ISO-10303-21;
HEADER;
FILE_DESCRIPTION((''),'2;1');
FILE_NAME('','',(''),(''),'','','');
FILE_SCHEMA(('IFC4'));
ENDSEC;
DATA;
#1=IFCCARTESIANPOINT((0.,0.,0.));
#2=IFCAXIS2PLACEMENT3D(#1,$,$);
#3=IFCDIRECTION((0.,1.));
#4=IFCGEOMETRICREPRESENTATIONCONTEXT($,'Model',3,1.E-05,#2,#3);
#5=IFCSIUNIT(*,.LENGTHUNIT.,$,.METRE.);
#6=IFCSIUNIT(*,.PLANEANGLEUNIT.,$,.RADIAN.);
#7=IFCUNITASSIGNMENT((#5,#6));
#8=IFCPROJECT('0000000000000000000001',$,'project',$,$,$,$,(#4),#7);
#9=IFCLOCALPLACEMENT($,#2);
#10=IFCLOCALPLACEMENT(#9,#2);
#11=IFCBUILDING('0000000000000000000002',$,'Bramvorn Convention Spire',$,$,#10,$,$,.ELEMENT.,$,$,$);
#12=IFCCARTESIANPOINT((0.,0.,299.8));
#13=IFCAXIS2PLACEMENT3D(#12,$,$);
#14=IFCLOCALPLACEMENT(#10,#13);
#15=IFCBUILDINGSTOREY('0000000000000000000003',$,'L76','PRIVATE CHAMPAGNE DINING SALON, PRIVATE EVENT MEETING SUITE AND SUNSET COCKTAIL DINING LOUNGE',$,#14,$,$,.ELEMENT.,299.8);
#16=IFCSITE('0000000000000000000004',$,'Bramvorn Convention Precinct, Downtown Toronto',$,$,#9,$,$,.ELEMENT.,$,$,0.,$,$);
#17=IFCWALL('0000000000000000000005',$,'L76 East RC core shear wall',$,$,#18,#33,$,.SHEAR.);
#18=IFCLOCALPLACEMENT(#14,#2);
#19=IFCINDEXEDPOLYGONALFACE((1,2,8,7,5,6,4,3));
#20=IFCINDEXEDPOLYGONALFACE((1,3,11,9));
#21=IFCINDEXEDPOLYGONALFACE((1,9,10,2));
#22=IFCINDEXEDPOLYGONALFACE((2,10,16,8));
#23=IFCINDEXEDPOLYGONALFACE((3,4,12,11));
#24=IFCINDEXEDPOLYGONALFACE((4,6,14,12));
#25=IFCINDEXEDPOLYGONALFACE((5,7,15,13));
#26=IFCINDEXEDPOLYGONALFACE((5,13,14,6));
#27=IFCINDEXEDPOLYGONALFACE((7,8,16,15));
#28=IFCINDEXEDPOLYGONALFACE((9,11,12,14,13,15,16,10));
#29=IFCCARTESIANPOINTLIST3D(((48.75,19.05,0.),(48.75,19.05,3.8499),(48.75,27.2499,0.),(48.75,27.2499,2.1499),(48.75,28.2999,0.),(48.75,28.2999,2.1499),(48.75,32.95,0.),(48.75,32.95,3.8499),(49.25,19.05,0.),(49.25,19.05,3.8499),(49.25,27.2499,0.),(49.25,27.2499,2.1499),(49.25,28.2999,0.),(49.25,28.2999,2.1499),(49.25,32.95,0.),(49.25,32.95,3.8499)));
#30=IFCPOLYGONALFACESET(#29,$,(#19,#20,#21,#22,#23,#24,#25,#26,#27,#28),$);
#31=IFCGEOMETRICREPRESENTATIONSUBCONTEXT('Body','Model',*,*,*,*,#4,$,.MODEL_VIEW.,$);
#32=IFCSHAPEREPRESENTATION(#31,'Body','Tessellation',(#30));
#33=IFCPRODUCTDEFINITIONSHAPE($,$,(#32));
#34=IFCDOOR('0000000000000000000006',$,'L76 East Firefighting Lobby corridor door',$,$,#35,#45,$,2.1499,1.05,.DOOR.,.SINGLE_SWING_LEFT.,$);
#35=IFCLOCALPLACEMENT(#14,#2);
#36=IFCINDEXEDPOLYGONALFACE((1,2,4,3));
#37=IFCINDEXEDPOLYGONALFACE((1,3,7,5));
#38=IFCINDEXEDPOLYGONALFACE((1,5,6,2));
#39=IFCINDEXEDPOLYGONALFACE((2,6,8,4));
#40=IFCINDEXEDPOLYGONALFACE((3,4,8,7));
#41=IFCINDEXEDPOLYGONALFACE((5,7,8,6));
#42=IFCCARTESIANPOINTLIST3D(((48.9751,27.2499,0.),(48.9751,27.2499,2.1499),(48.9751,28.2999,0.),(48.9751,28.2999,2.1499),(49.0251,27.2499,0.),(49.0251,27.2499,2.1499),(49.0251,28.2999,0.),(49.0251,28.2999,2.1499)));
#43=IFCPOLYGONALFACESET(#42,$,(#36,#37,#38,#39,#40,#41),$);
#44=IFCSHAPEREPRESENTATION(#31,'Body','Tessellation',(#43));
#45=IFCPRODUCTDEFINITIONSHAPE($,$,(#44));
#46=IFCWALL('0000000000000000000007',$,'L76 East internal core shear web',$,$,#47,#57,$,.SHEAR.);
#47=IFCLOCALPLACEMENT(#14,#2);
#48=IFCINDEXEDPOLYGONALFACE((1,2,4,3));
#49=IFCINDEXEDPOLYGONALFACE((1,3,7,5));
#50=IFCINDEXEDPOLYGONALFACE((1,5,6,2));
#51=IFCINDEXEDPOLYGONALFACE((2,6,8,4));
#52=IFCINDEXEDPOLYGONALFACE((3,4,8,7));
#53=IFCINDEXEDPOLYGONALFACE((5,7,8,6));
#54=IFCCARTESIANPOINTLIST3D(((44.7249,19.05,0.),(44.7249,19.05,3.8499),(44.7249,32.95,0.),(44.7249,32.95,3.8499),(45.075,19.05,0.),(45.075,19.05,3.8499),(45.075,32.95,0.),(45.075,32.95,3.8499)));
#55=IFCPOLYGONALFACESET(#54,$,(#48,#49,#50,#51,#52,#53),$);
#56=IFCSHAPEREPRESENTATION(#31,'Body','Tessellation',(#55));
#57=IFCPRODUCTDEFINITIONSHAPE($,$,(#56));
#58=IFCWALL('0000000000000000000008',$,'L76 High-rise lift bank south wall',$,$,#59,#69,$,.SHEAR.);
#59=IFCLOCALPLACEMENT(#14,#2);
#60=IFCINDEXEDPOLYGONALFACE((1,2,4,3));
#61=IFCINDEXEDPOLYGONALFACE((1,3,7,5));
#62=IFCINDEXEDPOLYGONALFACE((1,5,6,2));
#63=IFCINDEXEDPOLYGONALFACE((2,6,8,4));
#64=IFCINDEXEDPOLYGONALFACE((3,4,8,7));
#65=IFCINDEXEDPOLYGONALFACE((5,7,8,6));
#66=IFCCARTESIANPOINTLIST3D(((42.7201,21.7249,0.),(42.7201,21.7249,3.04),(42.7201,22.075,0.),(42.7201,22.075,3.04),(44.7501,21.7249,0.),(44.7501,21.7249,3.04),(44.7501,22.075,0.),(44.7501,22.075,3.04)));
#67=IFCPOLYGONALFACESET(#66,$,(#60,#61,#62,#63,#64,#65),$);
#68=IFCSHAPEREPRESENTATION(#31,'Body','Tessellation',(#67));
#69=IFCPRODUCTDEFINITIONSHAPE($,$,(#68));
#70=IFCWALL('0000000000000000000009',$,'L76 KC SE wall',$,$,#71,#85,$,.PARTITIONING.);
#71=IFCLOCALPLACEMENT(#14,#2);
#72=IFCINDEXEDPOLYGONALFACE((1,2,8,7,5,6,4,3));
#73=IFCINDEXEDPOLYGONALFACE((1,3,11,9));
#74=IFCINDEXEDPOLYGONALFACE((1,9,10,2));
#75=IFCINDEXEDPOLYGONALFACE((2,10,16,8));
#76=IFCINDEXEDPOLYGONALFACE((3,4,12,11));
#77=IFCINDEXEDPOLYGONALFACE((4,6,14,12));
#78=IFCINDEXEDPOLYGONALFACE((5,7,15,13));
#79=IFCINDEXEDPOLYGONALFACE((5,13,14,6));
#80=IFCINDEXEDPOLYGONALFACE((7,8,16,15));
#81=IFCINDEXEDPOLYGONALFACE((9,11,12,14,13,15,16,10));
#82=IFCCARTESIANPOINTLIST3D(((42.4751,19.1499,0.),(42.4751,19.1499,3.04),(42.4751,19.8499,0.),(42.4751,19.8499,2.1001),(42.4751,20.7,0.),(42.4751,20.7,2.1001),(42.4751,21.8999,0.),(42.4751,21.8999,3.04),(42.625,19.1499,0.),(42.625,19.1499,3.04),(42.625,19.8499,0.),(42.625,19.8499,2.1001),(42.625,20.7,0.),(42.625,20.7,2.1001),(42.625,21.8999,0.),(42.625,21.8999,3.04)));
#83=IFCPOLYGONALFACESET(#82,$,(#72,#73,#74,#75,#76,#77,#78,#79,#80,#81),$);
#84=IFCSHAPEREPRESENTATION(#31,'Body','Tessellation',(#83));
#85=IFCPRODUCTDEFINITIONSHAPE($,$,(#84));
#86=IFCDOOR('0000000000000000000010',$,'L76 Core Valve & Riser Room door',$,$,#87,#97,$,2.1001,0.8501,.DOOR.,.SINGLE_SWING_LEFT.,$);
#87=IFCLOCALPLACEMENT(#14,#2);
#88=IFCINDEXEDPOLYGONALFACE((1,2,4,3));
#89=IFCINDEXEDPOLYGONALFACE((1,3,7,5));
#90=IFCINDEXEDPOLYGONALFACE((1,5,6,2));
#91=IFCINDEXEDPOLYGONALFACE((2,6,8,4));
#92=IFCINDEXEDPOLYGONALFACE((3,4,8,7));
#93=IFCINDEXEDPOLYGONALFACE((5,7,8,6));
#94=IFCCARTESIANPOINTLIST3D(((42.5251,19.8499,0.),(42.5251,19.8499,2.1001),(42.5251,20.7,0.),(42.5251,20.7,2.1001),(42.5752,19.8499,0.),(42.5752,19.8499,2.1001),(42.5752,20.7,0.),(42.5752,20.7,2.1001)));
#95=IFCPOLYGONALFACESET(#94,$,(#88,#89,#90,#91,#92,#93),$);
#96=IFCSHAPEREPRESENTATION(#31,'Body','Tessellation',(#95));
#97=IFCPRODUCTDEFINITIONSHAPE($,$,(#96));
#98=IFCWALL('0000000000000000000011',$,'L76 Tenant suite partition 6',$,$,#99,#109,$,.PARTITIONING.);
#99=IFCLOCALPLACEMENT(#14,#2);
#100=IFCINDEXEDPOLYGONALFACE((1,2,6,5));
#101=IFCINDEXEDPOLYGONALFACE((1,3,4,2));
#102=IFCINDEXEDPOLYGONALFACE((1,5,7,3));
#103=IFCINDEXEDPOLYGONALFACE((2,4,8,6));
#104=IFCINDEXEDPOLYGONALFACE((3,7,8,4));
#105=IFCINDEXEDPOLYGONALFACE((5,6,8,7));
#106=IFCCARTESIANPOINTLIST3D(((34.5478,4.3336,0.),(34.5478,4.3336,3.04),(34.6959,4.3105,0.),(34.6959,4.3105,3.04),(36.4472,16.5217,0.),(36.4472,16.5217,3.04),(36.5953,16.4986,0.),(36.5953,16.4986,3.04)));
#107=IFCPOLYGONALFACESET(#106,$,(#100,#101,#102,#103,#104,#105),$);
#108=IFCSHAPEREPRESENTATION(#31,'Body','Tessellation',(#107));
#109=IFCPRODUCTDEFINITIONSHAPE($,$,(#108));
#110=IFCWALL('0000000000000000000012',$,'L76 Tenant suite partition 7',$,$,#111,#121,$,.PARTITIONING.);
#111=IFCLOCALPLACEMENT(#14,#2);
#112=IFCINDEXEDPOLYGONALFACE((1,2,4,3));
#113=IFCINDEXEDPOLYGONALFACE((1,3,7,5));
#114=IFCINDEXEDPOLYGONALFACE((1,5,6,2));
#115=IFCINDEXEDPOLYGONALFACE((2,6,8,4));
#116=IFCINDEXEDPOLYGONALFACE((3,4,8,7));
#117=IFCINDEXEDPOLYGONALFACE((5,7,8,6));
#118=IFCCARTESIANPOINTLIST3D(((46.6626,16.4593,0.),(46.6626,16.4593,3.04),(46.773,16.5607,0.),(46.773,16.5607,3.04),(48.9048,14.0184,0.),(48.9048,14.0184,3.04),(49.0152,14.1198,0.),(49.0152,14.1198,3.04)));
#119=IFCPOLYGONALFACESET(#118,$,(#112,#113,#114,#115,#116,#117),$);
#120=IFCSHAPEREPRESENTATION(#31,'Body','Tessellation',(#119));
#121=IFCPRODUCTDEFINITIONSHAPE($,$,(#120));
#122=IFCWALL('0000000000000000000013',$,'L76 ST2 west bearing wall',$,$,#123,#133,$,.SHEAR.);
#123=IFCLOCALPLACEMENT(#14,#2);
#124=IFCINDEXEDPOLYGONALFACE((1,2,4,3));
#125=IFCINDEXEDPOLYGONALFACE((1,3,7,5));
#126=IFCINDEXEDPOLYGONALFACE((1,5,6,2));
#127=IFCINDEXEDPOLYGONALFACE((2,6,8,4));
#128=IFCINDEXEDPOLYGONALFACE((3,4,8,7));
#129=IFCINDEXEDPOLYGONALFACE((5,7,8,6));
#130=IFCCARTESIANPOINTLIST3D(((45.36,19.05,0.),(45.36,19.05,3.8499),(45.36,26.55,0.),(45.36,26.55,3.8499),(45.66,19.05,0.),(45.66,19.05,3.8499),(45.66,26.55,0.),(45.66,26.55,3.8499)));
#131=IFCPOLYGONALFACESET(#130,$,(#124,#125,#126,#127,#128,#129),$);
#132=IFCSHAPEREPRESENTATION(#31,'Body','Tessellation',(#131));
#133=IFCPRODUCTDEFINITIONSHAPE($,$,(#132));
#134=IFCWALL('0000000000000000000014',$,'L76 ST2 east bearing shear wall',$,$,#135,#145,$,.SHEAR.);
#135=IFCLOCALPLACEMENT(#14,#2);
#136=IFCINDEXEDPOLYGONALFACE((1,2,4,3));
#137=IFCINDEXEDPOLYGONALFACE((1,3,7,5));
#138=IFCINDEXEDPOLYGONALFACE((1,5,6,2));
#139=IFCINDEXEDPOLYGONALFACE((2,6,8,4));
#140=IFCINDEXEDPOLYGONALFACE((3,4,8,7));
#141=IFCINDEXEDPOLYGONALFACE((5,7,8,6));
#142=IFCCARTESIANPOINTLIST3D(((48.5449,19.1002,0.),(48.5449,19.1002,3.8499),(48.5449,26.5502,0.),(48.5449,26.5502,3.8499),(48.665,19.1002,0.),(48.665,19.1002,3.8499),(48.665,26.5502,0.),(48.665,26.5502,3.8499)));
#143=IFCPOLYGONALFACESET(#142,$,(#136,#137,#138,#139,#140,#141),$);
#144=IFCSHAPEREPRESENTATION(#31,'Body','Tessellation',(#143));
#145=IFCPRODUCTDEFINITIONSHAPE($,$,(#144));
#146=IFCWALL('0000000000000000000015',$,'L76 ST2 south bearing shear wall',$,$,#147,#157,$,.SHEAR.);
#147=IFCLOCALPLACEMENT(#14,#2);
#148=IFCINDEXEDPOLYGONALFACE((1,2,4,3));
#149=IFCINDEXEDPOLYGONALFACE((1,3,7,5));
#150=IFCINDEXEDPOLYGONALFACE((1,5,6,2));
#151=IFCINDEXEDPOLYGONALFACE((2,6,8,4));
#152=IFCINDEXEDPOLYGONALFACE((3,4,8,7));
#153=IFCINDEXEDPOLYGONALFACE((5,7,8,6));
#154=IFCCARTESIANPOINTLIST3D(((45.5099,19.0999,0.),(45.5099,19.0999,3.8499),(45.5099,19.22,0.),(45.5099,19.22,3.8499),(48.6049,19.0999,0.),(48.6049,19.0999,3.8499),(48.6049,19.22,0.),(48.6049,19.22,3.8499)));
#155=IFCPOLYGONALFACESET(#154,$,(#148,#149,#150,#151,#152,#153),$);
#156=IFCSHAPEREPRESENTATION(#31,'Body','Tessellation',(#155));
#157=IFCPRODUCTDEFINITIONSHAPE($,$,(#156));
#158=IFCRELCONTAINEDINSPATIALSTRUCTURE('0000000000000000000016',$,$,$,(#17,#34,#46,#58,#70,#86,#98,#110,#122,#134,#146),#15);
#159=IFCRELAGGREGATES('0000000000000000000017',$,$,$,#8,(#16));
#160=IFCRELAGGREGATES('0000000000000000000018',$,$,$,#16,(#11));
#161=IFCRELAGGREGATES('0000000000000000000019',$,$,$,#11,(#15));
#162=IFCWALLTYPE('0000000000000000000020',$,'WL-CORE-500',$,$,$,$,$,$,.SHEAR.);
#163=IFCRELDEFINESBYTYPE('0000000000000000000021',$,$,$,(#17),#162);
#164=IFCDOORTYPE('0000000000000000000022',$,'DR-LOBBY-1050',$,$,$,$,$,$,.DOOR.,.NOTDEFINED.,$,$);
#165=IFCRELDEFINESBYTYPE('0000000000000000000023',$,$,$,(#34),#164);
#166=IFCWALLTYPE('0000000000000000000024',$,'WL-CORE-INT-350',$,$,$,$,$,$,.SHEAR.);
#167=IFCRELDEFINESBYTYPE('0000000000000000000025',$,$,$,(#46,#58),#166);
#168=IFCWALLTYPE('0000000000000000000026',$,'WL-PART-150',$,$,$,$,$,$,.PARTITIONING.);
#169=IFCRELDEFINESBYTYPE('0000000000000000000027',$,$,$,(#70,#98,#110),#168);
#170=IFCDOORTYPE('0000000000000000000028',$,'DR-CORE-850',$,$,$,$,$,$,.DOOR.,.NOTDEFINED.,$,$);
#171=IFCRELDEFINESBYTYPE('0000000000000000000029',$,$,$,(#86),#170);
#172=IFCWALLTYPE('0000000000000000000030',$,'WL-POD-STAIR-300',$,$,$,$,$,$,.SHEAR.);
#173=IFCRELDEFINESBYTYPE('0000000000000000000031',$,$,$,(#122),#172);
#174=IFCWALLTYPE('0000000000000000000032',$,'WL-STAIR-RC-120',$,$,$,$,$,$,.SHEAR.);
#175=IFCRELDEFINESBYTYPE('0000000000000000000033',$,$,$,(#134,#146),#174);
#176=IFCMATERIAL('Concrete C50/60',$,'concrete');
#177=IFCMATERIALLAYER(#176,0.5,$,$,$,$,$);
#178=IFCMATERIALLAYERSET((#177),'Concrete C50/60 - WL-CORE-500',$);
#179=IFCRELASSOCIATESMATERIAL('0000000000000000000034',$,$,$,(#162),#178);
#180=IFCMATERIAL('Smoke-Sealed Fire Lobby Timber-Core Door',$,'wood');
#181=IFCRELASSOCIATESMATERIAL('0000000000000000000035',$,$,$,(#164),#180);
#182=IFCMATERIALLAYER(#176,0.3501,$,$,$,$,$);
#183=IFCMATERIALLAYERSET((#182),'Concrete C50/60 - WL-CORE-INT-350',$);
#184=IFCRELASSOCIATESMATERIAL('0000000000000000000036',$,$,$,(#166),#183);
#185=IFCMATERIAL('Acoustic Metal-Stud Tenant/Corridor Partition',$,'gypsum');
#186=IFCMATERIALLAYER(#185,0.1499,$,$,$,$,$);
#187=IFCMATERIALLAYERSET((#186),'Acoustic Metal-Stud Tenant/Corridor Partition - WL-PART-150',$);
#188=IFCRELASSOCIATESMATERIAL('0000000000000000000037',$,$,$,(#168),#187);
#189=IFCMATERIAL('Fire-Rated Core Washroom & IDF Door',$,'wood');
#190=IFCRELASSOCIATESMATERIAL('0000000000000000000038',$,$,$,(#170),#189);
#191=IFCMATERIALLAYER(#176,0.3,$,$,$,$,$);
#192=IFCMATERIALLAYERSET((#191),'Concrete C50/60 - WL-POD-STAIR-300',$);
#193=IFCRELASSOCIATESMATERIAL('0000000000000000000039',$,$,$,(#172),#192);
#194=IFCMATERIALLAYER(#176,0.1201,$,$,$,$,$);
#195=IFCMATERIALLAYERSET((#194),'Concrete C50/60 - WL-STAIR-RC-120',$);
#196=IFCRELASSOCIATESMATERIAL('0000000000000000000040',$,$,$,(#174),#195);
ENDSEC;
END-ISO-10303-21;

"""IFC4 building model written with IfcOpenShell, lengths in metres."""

from ifc_helpers import new_model, si_unit, direction, frame, frame_2d, origin, place, context, subcontext, project, spatial, rectangle, extrude, material, layer, layer_set, type_object, element, fill, save


model = new_model("IFC4")

# Units and contexts
model_context = context("Model", 3, precision=1e-05, world=origin(), true_north=direction((0.0, 1.0)))
body_context = subcontext(model_context, "Body", "Model", "MODEL_VIEW")
ifc_project = project(units=[si_unit("LENGTHUNIT", "METRE"), si_unit("PLANEANGLEUNIT", "RADIAN")], contexts=[model_context])

# Site, building, storey
site_placement = place(None, origin())
site = spatial("IfcSite", under=ifc_project, at=site_placement, Name="Bramvorn Convention Precinct, Downtown Toronto", CompositionType="ELEMENT", RefElevation=0.0)
building_placement = place(site_placement, origin())
building = spatial("IfcBuilding", under=site, at=building_placement, Name="Bramvorn Convention Spire", CompositionType="ELEMENT")
storey_placement = place(building_placement, frame((0.0, 0.0, 299.8)))
storey = spatial("IfcBuildingStorey", under=building, at=storey_placement, Name="L76", Description="PRIVATE CHAMPAGNE DINING SALON, PRIVATE EVENT MEETING SUITE AND SUNSET COCKTAIL DINING LOUNGE", CompositionType="ELEMENT", Elevation=299.8)

# Wall, opening, door
ifc_material_1 = material(Name="Concrete C50/60", Category="concrete")
ifc_layer_1 = layer(ifc_material_1, 0.5)
ifc_layer_set_1 = layer_set([ifc_layer_1], Name="Concrete C50/60 - WL-CORE-500")
wall_type_1 = type_object("IfcWallType", Name="WL-CORE-500", PredefinedType="SHEAR", material=ifc_layer_set_1)
wall_1_placement = place(storey_placement, frame((49.0, 19.05, 0.0), z_axis=(0.0, 0.0, 1.0), x_axis=(0.0, 1.0, 0.0)))
wall_1 = element("IfcWall", 1, at=wall_1_placement, inside=storey, type_object=wall_type_1, Name="L76 East RC core shear wall", PredefinedType="SHEAR", context=body_context, shape_type="SweptSolid", body=[
    extrude(rectangle(XDim=13.8999, YDim=0.5, at=frame_2d((6.95, 0.0))), origin(), (0.0, 0.0, 1.0), 3.8499),
])
opening_1_placement = place(wall_1_placement, frame((8.2, 0.0, 0.0)))
opening_1 = element("IfcOpeningElement", 2, at=opening_1_placement, cuts=wall_1, PredefinedType="OPENING", context=body_context, shape_type="SweptSolid", body=[
    extrude(rectangle(XDim=1.05, YDim=2.1499, at=frame_2d((0.5249, 1.075))), frame((0.0, 0.26, 0.0), z_axis=(0.0, -1.0, 0.0), x_axis=(1.0, 0.0, 0.0)), (0.0, 0.0, 1.0), 0.52),
])
ifc_material_2 = material(Name="Smoke-Sealed Fire Lobby Timber-Core Door", Category="wood")
door_type_1 = type_object("IfcDoorType", Name="DR-LOBBY-1050", OperationType="NOTDEFINED", PredefinedType="DOOR", material=ifc_material_2)
door_1_placement = place(opening_1_placement, origin())
door_1 = element("IfcDoor", 3, at=door_1_placement, inside=storey, type_object=door_type_1, Name="L76 East Firefighting Lobby corridor door", OperationType="SINGLE_SWING_LEFT", OverallHeight=2.1499, OverallWidth=1.05, PredefinedType="DOOR", context=body_context, shape_type="SweptSolid", body=[
    extrude(rectangle(XDim=1.05, YDim=2.1499, at=frame_2d((0.5249, 1.075))), frame((0.0, 0.0249, 0.0), z_axis=(0.0, -1.0, 0.0), x_axis=(1.0, 0.0, 0.0)), (0.0, 0.0, 1.0), 0.05),
])
fill(opening_1, door_1)

# Wall
ifc_layer_2 = layer(ifc_material_1, 0.3501)
ifc_layer_set_2 = layer_set([ifc_layer_2], Name="Concrete C50/60 - WL-CORE-INT-350")
wall_type_2 = type_object("IfcWallType", Name="WL-CORE-INT-350", PredefinedType="SHEAR", material=ifc_layer_set_2)
wall_2_placement = place(storey_placement, frame((44.8999, 19.05, 0.0), z_axis=(0.0, 0.0, 1.0), x_axis=(0.0, 1.0, 0.0)))
element("IfcWall", 4, at=wall_2_placement, inside=storey, type_object=wall_type_2, Name="L76 East internal core shear web", PredefinedType="SHEAR", context=body_context, shape_type="SweptSolid", body=[
    extrude(rectangle(XDim=13.8999, YDim=0.3501, at=frame_2d((6.95, 0.0))), origin(), (0.0, 0.0, 1.0), 3.8499),
])

# Wall
wall_3_placement = place(storey_placement, frame((42.72, 21.8999, 0.0), z_axis=(0.0, 0.0, 1.0), x_axis=(1.0, 0.0, 0.0)))
element("IfcWall", 5, at=wall_3_placement, inside=storey, type_object=wall_type_2, Name="L76 High-rise lift bank south wall", PredefinedType="SHEAR", context=body_context, shape_type="SweptSolid", body=[
    extrude(rectangle(XDim=2.03, YDim=0.3501, at=frame_2d((1.0151, 0.0))), origin(), (0.0, 0.0, 1.0), 3.04),
])

# Wall, opening, door
ifc_material_3 = material(Name="Acoustic Metal-Stud Tenant/Corridor Partition", Category="gypsum")
ifc_layer_3 = layer(ifc_material_3, 0.1499)
ifc_layer_set_3 = layer_set([ifc_layer_3], Name="Acoustic Metal-Stud Tenant/Corridor Partition - WL-PART-150")
wall_type_3 = type_object("IfcWallType", Name="WL-PART-150", PredefinedType="PARTITIONING", material=ifc_layer_set_3)
wall_4_placement = place(storey_placement, frame((42.55, 19.1499, 0.0), z_axis=(0.0, 0.0, 1.0), x_axis=(0.0, 1.0, 0.0)))
wall_4 = element("IfcWall", 6, at=wall_4_placement, inside=storey, type_object=wall_type_3, Name="L76 KC SE wall", PredefinedType="PARTITIONING", context=body_context, shape_type="SweptSolid", body=[
    extrude(rectangle(XDim=2.75, YDim=0.1499, at=frame_2d((1.375, 0.0))), origin(), (0.0, 0.0, 1.0), 3.04),
])
opening_2_placement = place(wall_4_placement, frame((0.7, 0.0, 0.0)))
opening_2 = element("IfcOpeningElement", 7, at=opening_2_placement, cuts=wall_4, PredefinedType="OPENING", context=body_context, shape_type="SweptSolid", body=[
    extrude(rectangle(XDim=0.8501, YDim=2.1001, at=frame_2d((0.425, 1.05))), frame((0.0, 0.085, 0.0), z_axis=(0.0, -1.0, 0.0), x_axis=(1.0, 0.0, 0.0)), (0.0, 0.0, 1.0), 0.1699),
])
ifc_material_4 = material(Name="Fire-Rated Core Washroom & IDF Door", Category="wood")
door_type_2 = type_object("IfcDoorType", Name="DR-CORE-850", OperationType="NOTDEFINED", PredefinedType="DOOR", material=ifc_material_4)
door_2_placement = place(opening_2_placement, origin())
door_2 = element("IfcDoor", 8, at=door_2_placement, inside=storey, type_object=door_type_2, Name="L76 Core Valve & Riser Room door", OperationType="SINGLE_SWING_LEFT", OverallHeight=2.1001, OverallWidth=0.8501, PredefinedType="DOOR", context=body_context, shape_type="SweptSolid", body=[
    extrude(rectangle(XDim=0.8501, YDim=2.1001, at=frame_2d((0.425, 1.05))), frame((0.0, 0.0249, 0.0), z_axis=(0.0, -1.0, 0.0), x_axis=(1.0, 0.0, 0.0)), (0.0, 0.0, 1.0), 0.05),
])
fill(opening_2, door_2)

# Walls
wall_5_placement = place(storey_placement, frame((36.5212, 16.51, 0.0), z_axis=(0.0, 0.0, 1.0), x_axis=(-0.153984, -0.988073, 0.0)))
element("IfcWall", 9, at=wall_5_placement, inside=storey, type_object=wall_type_3, Name="L76 Tenant suite partition 6", PredefinedType="PARTITIONING", context=body_context, shape_type="SweptSolid", body=[
    extrude(rectangle(XDim=12.3352, YDim=0.1499, at=frame_2d((6.1675, 0.0))), origin(), (0.0, 0.0, 1.0), 3.04),
])
wall_6_placement = place(storey_placement, frame((46.7178, 16.51, 0.0), z_axis=(0.0, 0.0, 1.0), x_axis=(0.676491, -0.73645, 0.0)))
element("IfcWall", 10, at=wall_6_placement, inside=storey, type_object=wall_type_3, Name="L76 Tenant suite partition 7", PredefinedType="PARTITIONING", context=body_context, shape_type="SweptSolid", body=[
    extrude(rectangle(XDim=3.3145, YDim=0.1499, at=frame_2d((1.6572, 0.0))), origin(), (0.0, 0.0, 1.0), 3.04),
])
ifc_layer_4 = layer(ifc_material_1, 0.3)
ifc_layer_set_4 = layer_set([ifc_layer_4], Name="Concrete C50/60 - WL-POD-STAIR-300")
wall_type_4 = type_object("IfcWallType", Name="WL-POD-STAIR-300", PredefinedType="SHEAR", material=ifc_layer_set_4)
wall_7_placement = place(storey_placement, frame((45.51, 19.05, 0.0), z_axis=(0.0, 0.0, 1.0), x_axis=(0.0, 1.0, 0.0)))
element("IfcWall", 11, at=wall_7_placement, inside=storey, type_object=wall_type_4, Name="L76 ST2 west bearing wall", PredefinedType="SHEAR", context=body_context, shape_type="SweptSolid", body=[
    extrude(rectangle(XDim=7.5, YDim=0.3, at=frame_2d((3.75, 0.0))), origin(), (0.0, 0.0, 1.0), 3.8499),
])
ifc_layer_5 = layer(ifc_material_1, 0.1201)
ifc_layer_set_5 = layer_set([ifc_layer_5], Name="Concrete C50/60 - WL-STAIR-RC-120")
wall_type_5 = type_object("IfcWallType", Name="WL-STAIR-RC-120", PredefinedType="SHEAR", material=ifc_layer_set_5)
wall_8_placement = place(storey_placement, frame((48.605, 19.1001, 0.0), z_axis=(0.0, 0.0, 1.0), x_axis=(0.0, 1.0, 0.0)))
element("IfcWall", 12, at=wall_8_placement, inside=storey, type_object=wall_type_5, Name="L76 ST2 east bearing shear wall", PredefinedType="SHEAR", context=body_context, shape_type="SweptSolid", body=[
    extrude(rectangle(XDim=7.45, YDim=0.1201, at=frame_2d((3.7251, 0.0))), origin(), (0.0, 0.0, 1.0), 3.8499),
])
wall_9_placement = place(storey_placement, frame((45.51, 19.1599, 0.0), z_axis=(0.0, 0.0, 1.0), x_axis=(1.0, 0.0, 0.0)))
element("IfcWall", 13, at=wall_9_placement, inside=storey, type_object=wall_type_5, Name="L76 ST2 south bearing shear wall", PredefinedType="SHEAR", context=body_context, shape_type="SweptSolid", body=[
    extrude(rectangle(XDim=3.095, YDim=0.1201, at=frame_2d((1.5474, 0.0))), origin(), (0.0, 0.0, 1.0), 3.8499),
])

save(model, "model.ifc")
